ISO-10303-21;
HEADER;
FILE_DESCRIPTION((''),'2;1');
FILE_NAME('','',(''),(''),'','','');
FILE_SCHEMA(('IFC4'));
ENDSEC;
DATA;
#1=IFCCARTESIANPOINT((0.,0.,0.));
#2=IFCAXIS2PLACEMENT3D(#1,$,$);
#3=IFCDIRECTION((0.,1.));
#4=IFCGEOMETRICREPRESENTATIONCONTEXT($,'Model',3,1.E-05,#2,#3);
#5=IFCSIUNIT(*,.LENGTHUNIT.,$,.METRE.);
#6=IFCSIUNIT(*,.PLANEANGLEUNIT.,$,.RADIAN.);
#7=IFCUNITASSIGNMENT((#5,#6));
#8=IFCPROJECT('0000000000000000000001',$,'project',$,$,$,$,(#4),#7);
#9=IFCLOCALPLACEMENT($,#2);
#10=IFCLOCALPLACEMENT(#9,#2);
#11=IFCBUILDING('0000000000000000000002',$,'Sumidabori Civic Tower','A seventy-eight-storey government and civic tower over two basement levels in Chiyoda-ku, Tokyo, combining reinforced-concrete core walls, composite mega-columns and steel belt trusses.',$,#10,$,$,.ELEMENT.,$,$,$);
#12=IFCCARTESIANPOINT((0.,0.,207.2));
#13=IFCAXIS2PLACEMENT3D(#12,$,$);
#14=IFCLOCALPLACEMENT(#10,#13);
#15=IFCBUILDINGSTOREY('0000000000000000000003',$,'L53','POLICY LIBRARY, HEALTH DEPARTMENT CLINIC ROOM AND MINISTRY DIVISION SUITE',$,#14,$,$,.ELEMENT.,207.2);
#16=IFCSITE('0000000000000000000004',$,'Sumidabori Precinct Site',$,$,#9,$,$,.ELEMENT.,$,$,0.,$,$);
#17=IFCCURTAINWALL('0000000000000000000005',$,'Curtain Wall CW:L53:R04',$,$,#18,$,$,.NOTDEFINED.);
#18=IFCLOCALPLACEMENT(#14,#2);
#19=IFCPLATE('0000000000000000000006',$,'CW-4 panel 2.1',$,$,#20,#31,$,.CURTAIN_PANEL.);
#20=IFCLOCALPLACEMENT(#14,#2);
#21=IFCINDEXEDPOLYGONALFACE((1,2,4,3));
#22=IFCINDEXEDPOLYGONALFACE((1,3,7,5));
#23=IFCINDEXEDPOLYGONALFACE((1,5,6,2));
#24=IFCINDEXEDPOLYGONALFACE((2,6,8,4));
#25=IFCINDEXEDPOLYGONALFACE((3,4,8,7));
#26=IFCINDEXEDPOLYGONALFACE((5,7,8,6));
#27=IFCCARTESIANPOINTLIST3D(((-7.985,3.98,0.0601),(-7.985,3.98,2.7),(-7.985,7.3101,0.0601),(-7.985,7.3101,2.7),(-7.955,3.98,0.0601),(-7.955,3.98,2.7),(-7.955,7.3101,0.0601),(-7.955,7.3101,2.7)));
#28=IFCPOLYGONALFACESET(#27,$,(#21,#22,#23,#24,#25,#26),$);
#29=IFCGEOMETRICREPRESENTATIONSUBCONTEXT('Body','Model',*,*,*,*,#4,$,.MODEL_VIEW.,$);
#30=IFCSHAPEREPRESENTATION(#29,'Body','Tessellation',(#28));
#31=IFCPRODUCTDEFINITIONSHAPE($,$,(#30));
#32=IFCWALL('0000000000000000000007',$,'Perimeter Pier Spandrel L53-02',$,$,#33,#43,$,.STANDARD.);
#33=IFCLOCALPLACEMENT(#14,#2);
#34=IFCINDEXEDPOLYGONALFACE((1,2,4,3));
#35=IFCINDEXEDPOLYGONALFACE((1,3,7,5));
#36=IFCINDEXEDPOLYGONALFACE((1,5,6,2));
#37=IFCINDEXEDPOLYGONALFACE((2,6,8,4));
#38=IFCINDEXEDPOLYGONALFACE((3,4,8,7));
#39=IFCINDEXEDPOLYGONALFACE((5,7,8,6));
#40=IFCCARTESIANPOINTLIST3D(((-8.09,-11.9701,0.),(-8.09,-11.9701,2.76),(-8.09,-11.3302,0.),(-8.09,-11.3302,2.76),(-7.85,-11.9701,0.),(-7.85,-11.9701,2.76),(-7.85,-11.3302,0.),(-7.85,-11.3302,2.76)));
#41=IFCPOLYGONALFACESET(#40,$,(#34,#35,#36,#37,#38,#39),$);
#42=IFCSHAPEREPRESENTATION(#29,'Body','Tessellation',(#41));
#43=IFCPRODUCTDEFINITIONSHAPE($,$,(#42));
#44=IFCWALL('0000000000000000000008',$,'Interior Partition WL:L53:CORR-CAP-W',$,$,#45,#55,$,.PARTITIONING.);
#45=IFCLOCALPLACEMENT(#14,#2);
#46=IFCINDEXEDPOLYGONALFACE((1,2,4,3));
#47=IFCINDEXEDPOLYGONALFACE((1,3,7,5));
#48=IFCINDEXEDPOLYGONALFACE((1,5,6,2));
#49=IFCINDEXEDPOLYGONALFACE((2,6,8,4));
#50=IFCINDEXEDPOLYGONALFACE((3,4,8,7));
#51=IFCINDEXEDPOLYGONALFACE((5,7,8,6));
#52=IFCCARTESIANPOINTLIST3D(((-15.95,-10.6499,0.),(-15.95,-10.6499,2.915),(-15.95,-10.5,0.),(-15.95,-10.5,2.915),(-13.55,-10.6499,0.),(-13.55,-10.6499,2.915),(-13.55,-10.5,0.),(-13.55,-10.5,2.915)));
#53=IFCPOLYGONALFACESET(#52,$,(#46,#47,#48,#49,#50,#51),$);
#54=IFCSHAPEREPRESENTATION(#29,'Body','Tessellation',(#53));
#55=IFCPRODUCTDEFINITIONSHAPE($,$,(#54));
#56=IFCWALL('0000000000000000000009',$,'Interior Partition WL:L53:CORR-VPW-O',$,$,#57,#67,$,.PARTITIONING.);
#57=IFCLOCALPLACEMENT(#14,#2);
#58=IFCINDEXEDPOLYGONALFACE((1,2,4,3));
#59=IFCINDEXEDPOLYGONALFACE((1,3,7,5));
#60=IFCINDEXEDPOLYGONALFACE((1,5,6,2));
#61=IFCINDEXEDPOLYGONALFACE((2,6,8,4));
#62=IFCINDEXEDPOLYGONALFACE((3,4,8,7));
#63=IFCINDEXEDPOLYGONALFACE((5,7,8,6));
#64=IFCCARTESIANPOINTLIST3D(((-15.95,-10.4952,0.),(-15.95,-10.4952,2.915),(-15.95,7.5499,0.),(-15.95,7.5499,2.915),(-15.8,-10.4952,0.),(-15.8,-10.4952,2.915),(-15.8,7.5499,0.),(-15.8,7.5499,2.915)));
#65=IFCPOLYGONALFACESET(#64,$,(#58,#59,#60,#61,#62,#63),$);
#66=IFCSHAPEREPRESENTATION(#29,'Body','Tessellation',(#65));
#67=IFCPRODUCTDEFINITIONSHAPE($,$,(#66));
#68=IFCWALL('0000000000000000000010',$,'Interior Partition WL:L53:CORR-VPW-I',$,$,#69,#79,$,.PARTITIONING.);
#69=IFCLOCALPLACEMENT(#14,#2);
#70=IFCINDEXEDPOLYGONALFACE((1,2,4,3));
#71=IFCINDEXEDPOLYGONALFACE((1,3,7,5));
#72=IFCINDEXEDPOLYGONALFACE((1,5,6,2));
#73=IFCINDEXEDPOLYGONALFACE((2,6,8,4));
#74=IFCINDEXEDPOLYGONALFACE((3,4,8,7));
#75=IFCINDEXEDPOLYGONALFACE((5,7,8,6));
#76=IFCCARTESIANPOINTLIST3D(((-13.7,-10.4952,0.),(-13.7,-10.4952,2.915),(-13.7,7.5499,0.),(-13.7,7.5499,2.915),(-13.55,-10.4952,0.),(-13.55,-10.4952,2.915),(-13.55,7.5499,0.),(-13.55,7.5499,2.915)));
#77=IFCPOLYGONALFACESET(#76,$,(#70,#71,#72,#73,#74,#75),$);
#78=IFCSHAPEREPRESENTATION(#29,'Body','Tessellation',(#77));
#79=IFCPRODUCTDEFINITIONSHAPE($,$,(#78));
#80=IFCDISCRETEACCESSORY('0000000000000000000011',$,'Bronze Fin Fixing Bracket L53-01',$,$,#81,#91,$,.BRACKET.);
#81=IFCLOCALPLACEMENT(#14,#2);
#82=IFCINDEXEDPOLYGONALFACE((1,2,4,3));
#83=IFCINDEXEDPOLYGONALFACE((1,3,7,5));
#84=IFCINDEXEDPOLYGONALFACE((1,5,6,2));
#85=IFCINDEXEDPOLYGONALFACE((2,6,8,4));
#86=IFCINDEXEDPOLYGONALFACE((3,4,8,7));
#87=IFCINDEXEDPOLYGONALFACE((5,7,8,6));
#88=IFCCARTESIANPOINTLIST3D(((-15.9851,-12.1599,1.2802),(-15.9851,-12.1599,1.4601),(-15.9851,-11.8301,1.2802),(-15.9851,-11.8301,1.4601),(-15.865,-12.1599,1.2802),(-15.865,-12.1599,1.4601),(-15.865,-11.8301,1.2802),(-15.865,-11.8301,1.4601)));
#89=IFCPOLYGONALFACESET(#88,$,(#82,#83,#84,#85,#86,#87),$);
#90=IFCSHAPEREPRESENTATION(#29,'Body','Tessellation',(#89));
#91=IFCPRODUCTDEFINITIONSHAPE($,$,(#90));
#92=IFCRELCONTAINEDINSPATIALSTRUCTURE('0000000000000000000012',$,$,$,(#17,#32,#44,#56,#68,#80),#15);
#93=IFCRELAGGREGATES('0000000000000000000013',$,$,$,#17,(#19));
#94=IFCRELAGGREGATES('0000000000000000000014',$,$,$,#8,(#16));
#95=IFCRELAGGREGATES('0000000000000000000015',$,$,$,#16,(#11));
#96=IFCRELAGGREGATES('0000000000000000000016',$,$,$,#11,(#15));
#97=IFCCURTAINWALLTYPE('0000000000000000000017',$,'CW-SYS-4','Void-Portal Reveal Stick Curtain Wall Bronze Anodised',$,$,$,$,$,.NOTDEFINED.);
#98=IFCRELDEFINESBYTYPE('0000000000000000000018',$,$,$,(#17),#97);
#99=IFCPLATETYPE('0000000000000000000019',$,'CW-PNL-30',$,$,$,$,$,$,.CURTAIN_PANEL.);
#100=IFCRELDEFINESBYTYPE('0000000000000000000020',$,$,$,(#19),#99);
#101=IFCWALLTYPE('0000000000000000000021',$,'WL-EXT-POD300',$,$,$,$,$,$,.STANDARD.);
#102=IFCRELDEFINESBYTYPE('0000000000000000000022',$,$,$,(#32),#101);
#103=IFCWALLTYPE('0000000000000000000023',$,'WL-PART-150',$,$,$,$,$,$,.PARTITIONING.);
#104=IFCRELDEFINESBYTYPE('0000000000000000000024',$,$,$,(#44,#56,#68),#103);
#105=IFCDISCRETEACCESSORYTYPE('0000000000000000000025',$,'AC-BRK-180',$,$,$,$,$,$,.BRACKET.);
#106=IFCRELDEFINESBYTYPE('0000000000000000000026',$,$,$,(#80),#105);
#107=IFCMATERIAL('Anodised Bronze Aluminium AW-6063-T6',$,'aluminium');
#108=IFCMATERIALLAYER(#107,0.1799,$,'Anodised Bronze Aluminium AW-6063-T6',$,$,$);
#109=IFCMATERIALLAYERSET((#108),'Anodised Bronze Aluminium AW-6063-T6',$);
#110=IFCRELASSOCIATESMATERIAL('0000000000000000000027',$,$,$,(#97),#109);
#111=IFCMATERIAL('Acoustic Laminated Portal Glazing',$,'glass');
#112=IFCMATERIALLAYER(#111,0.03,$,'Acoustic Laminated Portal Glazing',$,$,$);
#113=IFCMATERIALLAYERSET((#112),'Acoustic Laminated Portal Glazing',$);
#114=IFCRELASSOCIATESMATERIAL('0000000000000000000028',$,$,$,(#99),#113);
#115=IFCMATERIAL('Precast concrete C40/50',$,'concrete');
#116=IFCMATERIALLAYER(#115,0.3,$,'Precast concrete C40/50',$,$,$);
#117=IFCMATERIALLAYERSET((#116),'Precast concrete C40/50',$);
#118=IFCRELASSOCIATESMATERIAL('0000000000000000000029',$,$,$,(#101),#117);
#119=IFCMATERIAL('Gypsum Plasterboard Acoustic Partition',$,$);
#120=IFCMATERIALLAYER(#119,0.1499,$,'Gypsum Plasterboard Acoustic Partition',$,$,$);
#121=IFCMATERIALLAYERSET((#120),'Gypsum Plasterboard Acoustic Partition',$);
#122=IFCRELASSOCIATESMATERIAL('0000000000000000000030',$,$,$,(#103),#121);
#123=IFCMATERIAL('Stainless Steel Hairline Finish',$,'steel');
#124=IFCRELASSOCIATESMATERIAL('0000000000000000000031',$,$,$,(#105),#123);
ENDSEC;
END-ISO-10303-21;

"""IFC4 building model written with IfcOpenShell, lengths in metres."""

from ifc_helpers import new_model, si_unit, direction, frame, frame_2d, origin, origin_2d, place, context, subcontext, project, spatial, rectangle, extrude, source, transform, mapped, material, layer, layer_set, material_profile, profile_set, type_object, element, aggregate, save


model = new_model("IFC4")

# Units and contexts
model_context = context("Model", 3, precision=1e-05, world=origin(), true_north=direction((0.0, 1.0)))
body_context = subcontext(model_context, "Body", "Model", "MODEL_VIEW")
ifc_project = project(units=[si_unit("LENGTHUNIT", "METRE"), si_unit("PLANEANGLEUNIT", "RADIAN")], contexts=[model_context])

# Site, building, storey
site_placement = place(None, origin())
site = spatial("IfcSite", under=ifc_project, at=site_placement, Name="Sumidabori Precinct Site", CompositionType="ELEMENT", RefElevation=0.0)
building_placement = place(site_placement, origin())
building = spatial("IfcBuilding", under=site, at=building_placement, Name="Sumidabori Civic Tower", Description="A seventy-eight-storey government and civic tower over two basement levels in Chiyoda-ku, Tokyo, combining reinforced-concrete core walls, composite mega-columns and steel belt trusses.", CompositionType="ELEMENT")
storey_placement = place(building_placement, frame((0.0, 0.0, 207.2)))
storey = spatial("IfcBuildingStorey", under=building, at=storey_placement, Name="L53", Description="POLICY LIBRARY, HEALTH DEPARTMENT CLINIC ROOM AND MINISTRY DIVISION SUITE", CompositionType="ELEMENT", Elevation=207.2)

# Curtain wall
ifc_material_1 = material(Name="Anodised Bronze Aluminium AW-6063-T6", Category="aluminium")
ifc_layer_1 = layer(ifc_material_1, 0.1799, Name="Anodised Bronze Aluminium AW-6063-T6")
ifc_layer_set_1 = layer_set([ifc_layer_1], Name="Anodised Bronze Aluminium AW-6063-T6")
curtain_wall_type_1 = type_object("IfcCurtainWallType", Name="CW-SYS-4", Description="Void-Portal Reveal Stick Curtain Wall Bronze Anodised", PredefinedType="NOTDEFINED", material=ifc_layer_set_1)
curtain_wall_1_placement = place(storey_placement, origin())
curtain_wall_1 = element("IfcCurtainWall", 1, at=curtain_wall_1_placement, inside=storey, type_object=curtain_wall_type_1, Name="Curtain Wall CW:L53:R04", PredefinedType="NOTDEFINED")

# Plate
ifc_material_2 = material(Name="Acoustic Laminated Portal Glazing", Category="glass")
ifc_layer_2 = layer(ifc_material_2, 0.03, Name="Acoustic Laminated Portal Glazing")
ifc_layer_set_2 = layer_set([ifc_layer_2], Name="Acoustic Laminated Portal Glazing")
plate_type_1 = type_object("IfcPlateType", Name="CW-PNL-30", PredefinedType="CURTAIN_PANEL", material=ifc_layer_set_2)
shared_shape_1 = source(origin(), body_context, "Body", "SweptSolid", [
    extrude(rectangle(XDim=3.3301, YDim=0.03, at=origin_2d()), origin(), (0.0, 0.0, 1.0), 2.6399),
])
plate_1_placement = place(storey_placement, frame((-7.97, 5.645, 0.0601), z_axis=(0.0, 0.0, 1.0), x_axis=(0.0, 1.0, 0.0)))
plate_1 = element("IfcPlate", 2, at=plate_1_placement, type_object=plate_type_1, Name="CW-4 panel 2.1", PredefinedType="CURTAIN_PANEL", context=body_context, shape_type="MappedRepresentation", body=[
    mapped(shared_shape_1, transform((0.0, 0.0, 0.0), x_axis=(1.0, 0.0, 0.0), y_axis=(0.0, 1.0, 0.0), z_axis=(0.0, 0.0, 1.0), scale=1.0)),
])
aggregate(curtain_wall_1, [plate_1])

# Walls
ifc_material_3 = material(Name="Precast concrete C40/50", Category="concrete")
ifc_layer_3 = layer(ifc_material_3, 0.3, Name="Precast concrete C40/50")
ifc_layer_set_3 = layer_set([ifc_layer_3], Name="Precast concrete C40/50")
wall_type_1 = type_object("IfcWallType", Name="WL-EXT-POD300", PredefinedType="STANDARD", material=ifc_layer_set_3)
shared_shape_2 = source(origin(), body_context, "Body", "SweptSolid", [
    extrude(rectangle(XDim=0.6399, YDim=0.24, at=frame_2d((0.3198, 0.0))), origin(), (0.0, 0.0, 1.0), 2.76),
])
wall_1_placement = place(storey_placement, frame((-7.97, -11.97, 0.0), z_axis=(0.0, 0.0, 1.0), x_axis=(0.0, 1.0, 0.0)))
element("IfcWall", 3, at=wall_1_placement, inside=storey, type_object=wall_type_1, Name="Perimeter Pier Spandrel L53-02", PredefinedType="STANDARD", context=body_context, shape_type="MappedRepresentation", body=[
    mapped(shared_shape_2, transform((0.0, 0.0, 0.0), x_axis=(1.0, 0.0, 0.0), y_axis=(0.0, 1.0, 0.0), z_axis=(0.0, 0.0, 1.0), scale=1.0)),
])
ifc_material_4 = material(Name="Gypsum Plasterboard Acoustic Partition")
ifc_layer_4 = layer(ifc_material_4, 0.1499, Name="Gypsum Plasterboard Acoustic Partition")
ifc_layer_set_4 = layer_set([ifc_layer_4], Name="Gypsum Plasterboard Acoustic Partition")
wall_type_2 = type_object("IfcWallType", Name="WL-PART-150", PredefinedType="PARTITIONING", material=ifc_layer_set_4)
shared_shape_3 = source(origin(), body_context, "Body", "SweptSolid", [
    extrude(rectangle(XDim=2.3999, YDim=0.1499, at=frame_2d((1.2, 0.0))), origin(), (0.0, 0.0, 1.0), 2.915),
])
wall_2_placement = place(storey_placement, frame((-15.95, -10.575, 0.0), z_axis=(0.0, 0.0, 1.0), x_axis=(1.0, 0.0, 0.0)))
element("IfcWall", 4, at=wall_2_placement, inside=storey, type_object=wall_type_2, Name="Interior Partition WL:L53:CORR-CAP-W", PredefinedType="PARTITIONING", context=body_context, shape_type="MappedRepresentation", body=[
    mapped(shared_shape_3, transform((0.0, 0.0, 0.0), x_axis=(1.0, 0.0, 0.0), y_axis=(0.0, 1.0, 0.0), z_axis=(0.0, 0.0, 1.0), scale=1.0)),
])
shared_shape_4 = source(origin(), body_context, "Body", "SweptSolid", [
    extrude(rectangle(XDim=18.0452, YDim=0.1499, at=frame_2d((9.0225, 0.0))), origin(), (0.0, 0.0, 1.0), 2.915),
])
for number, where, z_axis, x_axis, name in (
    (5, (-15.875, -10.4951, 0.0), (0.0, 0.0, 1.0), (0.0, 1.0, 0.0), "Interior Partition WL:L53:CORR-VPW-O"),
    (6, (-13.625, -10.4951, 0.0), (0.0, 0.0, 1.0), (0.0, 1.0, 0.0), "Interior Partition WL:L53:CORR-VPW-I"),
):
    element("IfcWall", number, at=place(storey_placement, frame(where, z_axis=z_axis, x_axis=x_axis)), inside=storey, type_object=wall_type_2, Name=name, PredefinedType="PARTITIONING", context=body_context, shape_type="MappedRepresentation", body=[
        mapped(shared_shape_4, transform((0.0, 0.0, 0.0), x_axis=(1.0, 0.0, 0.0), y_axis=(0.0, 1.0, 0.0), z_axis=(0.0, 0.0, 1.0), scale=1.0)),
    ])

# Discrete accessory
ifc_material_5 = material(Name="Stainless Steel Hairline Finish", Category="steel")
ifc_material_profile_1 = material_profile(ifc_material_5, rectangle(XDim=0.1201, YDim=0.1799, at=origin_2d()), Name="STEEL BRACKET 180x120")
ifc_profile_set_1 = profile_set([ifc_material_profile_1], Name="Stainless Steel Hairline Finish")
discrete_accessory_type = type_object("IfcDiscreteAccessoryType", Name="AC-BRK-180", PredefinedType="BRACKET", material=ifc_profile_set_1)
shared_shape_5 = source(origin(), body_context, "Body", "SweptSolid", [
    extrude(rectangle(XDim=0.1201, YDim=0.1799, at=origin_2d()), origin(), (0.0, 0.0, 1.0), 0.3298),
])
discrete_accessory_placement = place(storey_placement, frame((-15.925, -11.8301, 1.3701), z_axis=(0.0, -1.0, 0.0), x_axis=(1.0, 0.0, 0.0)))
element("IfcDiscreteAccessory", 7, at=discrete_accessory_placement, inside=storey, type_object=discrete_accessory_type, Name="Bronze Fin Fixing Bracket L53-01", PredefinedType="BRACKET", context=body_context, shape_type="MappedRepresentation", body=[
    mapped(shared_shape_5, transform((0.0, 0.0, 0.0), x_axis=(1.0, 0.0, 0.0), y_axis=(0.0, 1.0, 0.0), z_axis=(0.0, 0.0, 1.0), scale=1.0)),
])

save(model, "model.ifc")
